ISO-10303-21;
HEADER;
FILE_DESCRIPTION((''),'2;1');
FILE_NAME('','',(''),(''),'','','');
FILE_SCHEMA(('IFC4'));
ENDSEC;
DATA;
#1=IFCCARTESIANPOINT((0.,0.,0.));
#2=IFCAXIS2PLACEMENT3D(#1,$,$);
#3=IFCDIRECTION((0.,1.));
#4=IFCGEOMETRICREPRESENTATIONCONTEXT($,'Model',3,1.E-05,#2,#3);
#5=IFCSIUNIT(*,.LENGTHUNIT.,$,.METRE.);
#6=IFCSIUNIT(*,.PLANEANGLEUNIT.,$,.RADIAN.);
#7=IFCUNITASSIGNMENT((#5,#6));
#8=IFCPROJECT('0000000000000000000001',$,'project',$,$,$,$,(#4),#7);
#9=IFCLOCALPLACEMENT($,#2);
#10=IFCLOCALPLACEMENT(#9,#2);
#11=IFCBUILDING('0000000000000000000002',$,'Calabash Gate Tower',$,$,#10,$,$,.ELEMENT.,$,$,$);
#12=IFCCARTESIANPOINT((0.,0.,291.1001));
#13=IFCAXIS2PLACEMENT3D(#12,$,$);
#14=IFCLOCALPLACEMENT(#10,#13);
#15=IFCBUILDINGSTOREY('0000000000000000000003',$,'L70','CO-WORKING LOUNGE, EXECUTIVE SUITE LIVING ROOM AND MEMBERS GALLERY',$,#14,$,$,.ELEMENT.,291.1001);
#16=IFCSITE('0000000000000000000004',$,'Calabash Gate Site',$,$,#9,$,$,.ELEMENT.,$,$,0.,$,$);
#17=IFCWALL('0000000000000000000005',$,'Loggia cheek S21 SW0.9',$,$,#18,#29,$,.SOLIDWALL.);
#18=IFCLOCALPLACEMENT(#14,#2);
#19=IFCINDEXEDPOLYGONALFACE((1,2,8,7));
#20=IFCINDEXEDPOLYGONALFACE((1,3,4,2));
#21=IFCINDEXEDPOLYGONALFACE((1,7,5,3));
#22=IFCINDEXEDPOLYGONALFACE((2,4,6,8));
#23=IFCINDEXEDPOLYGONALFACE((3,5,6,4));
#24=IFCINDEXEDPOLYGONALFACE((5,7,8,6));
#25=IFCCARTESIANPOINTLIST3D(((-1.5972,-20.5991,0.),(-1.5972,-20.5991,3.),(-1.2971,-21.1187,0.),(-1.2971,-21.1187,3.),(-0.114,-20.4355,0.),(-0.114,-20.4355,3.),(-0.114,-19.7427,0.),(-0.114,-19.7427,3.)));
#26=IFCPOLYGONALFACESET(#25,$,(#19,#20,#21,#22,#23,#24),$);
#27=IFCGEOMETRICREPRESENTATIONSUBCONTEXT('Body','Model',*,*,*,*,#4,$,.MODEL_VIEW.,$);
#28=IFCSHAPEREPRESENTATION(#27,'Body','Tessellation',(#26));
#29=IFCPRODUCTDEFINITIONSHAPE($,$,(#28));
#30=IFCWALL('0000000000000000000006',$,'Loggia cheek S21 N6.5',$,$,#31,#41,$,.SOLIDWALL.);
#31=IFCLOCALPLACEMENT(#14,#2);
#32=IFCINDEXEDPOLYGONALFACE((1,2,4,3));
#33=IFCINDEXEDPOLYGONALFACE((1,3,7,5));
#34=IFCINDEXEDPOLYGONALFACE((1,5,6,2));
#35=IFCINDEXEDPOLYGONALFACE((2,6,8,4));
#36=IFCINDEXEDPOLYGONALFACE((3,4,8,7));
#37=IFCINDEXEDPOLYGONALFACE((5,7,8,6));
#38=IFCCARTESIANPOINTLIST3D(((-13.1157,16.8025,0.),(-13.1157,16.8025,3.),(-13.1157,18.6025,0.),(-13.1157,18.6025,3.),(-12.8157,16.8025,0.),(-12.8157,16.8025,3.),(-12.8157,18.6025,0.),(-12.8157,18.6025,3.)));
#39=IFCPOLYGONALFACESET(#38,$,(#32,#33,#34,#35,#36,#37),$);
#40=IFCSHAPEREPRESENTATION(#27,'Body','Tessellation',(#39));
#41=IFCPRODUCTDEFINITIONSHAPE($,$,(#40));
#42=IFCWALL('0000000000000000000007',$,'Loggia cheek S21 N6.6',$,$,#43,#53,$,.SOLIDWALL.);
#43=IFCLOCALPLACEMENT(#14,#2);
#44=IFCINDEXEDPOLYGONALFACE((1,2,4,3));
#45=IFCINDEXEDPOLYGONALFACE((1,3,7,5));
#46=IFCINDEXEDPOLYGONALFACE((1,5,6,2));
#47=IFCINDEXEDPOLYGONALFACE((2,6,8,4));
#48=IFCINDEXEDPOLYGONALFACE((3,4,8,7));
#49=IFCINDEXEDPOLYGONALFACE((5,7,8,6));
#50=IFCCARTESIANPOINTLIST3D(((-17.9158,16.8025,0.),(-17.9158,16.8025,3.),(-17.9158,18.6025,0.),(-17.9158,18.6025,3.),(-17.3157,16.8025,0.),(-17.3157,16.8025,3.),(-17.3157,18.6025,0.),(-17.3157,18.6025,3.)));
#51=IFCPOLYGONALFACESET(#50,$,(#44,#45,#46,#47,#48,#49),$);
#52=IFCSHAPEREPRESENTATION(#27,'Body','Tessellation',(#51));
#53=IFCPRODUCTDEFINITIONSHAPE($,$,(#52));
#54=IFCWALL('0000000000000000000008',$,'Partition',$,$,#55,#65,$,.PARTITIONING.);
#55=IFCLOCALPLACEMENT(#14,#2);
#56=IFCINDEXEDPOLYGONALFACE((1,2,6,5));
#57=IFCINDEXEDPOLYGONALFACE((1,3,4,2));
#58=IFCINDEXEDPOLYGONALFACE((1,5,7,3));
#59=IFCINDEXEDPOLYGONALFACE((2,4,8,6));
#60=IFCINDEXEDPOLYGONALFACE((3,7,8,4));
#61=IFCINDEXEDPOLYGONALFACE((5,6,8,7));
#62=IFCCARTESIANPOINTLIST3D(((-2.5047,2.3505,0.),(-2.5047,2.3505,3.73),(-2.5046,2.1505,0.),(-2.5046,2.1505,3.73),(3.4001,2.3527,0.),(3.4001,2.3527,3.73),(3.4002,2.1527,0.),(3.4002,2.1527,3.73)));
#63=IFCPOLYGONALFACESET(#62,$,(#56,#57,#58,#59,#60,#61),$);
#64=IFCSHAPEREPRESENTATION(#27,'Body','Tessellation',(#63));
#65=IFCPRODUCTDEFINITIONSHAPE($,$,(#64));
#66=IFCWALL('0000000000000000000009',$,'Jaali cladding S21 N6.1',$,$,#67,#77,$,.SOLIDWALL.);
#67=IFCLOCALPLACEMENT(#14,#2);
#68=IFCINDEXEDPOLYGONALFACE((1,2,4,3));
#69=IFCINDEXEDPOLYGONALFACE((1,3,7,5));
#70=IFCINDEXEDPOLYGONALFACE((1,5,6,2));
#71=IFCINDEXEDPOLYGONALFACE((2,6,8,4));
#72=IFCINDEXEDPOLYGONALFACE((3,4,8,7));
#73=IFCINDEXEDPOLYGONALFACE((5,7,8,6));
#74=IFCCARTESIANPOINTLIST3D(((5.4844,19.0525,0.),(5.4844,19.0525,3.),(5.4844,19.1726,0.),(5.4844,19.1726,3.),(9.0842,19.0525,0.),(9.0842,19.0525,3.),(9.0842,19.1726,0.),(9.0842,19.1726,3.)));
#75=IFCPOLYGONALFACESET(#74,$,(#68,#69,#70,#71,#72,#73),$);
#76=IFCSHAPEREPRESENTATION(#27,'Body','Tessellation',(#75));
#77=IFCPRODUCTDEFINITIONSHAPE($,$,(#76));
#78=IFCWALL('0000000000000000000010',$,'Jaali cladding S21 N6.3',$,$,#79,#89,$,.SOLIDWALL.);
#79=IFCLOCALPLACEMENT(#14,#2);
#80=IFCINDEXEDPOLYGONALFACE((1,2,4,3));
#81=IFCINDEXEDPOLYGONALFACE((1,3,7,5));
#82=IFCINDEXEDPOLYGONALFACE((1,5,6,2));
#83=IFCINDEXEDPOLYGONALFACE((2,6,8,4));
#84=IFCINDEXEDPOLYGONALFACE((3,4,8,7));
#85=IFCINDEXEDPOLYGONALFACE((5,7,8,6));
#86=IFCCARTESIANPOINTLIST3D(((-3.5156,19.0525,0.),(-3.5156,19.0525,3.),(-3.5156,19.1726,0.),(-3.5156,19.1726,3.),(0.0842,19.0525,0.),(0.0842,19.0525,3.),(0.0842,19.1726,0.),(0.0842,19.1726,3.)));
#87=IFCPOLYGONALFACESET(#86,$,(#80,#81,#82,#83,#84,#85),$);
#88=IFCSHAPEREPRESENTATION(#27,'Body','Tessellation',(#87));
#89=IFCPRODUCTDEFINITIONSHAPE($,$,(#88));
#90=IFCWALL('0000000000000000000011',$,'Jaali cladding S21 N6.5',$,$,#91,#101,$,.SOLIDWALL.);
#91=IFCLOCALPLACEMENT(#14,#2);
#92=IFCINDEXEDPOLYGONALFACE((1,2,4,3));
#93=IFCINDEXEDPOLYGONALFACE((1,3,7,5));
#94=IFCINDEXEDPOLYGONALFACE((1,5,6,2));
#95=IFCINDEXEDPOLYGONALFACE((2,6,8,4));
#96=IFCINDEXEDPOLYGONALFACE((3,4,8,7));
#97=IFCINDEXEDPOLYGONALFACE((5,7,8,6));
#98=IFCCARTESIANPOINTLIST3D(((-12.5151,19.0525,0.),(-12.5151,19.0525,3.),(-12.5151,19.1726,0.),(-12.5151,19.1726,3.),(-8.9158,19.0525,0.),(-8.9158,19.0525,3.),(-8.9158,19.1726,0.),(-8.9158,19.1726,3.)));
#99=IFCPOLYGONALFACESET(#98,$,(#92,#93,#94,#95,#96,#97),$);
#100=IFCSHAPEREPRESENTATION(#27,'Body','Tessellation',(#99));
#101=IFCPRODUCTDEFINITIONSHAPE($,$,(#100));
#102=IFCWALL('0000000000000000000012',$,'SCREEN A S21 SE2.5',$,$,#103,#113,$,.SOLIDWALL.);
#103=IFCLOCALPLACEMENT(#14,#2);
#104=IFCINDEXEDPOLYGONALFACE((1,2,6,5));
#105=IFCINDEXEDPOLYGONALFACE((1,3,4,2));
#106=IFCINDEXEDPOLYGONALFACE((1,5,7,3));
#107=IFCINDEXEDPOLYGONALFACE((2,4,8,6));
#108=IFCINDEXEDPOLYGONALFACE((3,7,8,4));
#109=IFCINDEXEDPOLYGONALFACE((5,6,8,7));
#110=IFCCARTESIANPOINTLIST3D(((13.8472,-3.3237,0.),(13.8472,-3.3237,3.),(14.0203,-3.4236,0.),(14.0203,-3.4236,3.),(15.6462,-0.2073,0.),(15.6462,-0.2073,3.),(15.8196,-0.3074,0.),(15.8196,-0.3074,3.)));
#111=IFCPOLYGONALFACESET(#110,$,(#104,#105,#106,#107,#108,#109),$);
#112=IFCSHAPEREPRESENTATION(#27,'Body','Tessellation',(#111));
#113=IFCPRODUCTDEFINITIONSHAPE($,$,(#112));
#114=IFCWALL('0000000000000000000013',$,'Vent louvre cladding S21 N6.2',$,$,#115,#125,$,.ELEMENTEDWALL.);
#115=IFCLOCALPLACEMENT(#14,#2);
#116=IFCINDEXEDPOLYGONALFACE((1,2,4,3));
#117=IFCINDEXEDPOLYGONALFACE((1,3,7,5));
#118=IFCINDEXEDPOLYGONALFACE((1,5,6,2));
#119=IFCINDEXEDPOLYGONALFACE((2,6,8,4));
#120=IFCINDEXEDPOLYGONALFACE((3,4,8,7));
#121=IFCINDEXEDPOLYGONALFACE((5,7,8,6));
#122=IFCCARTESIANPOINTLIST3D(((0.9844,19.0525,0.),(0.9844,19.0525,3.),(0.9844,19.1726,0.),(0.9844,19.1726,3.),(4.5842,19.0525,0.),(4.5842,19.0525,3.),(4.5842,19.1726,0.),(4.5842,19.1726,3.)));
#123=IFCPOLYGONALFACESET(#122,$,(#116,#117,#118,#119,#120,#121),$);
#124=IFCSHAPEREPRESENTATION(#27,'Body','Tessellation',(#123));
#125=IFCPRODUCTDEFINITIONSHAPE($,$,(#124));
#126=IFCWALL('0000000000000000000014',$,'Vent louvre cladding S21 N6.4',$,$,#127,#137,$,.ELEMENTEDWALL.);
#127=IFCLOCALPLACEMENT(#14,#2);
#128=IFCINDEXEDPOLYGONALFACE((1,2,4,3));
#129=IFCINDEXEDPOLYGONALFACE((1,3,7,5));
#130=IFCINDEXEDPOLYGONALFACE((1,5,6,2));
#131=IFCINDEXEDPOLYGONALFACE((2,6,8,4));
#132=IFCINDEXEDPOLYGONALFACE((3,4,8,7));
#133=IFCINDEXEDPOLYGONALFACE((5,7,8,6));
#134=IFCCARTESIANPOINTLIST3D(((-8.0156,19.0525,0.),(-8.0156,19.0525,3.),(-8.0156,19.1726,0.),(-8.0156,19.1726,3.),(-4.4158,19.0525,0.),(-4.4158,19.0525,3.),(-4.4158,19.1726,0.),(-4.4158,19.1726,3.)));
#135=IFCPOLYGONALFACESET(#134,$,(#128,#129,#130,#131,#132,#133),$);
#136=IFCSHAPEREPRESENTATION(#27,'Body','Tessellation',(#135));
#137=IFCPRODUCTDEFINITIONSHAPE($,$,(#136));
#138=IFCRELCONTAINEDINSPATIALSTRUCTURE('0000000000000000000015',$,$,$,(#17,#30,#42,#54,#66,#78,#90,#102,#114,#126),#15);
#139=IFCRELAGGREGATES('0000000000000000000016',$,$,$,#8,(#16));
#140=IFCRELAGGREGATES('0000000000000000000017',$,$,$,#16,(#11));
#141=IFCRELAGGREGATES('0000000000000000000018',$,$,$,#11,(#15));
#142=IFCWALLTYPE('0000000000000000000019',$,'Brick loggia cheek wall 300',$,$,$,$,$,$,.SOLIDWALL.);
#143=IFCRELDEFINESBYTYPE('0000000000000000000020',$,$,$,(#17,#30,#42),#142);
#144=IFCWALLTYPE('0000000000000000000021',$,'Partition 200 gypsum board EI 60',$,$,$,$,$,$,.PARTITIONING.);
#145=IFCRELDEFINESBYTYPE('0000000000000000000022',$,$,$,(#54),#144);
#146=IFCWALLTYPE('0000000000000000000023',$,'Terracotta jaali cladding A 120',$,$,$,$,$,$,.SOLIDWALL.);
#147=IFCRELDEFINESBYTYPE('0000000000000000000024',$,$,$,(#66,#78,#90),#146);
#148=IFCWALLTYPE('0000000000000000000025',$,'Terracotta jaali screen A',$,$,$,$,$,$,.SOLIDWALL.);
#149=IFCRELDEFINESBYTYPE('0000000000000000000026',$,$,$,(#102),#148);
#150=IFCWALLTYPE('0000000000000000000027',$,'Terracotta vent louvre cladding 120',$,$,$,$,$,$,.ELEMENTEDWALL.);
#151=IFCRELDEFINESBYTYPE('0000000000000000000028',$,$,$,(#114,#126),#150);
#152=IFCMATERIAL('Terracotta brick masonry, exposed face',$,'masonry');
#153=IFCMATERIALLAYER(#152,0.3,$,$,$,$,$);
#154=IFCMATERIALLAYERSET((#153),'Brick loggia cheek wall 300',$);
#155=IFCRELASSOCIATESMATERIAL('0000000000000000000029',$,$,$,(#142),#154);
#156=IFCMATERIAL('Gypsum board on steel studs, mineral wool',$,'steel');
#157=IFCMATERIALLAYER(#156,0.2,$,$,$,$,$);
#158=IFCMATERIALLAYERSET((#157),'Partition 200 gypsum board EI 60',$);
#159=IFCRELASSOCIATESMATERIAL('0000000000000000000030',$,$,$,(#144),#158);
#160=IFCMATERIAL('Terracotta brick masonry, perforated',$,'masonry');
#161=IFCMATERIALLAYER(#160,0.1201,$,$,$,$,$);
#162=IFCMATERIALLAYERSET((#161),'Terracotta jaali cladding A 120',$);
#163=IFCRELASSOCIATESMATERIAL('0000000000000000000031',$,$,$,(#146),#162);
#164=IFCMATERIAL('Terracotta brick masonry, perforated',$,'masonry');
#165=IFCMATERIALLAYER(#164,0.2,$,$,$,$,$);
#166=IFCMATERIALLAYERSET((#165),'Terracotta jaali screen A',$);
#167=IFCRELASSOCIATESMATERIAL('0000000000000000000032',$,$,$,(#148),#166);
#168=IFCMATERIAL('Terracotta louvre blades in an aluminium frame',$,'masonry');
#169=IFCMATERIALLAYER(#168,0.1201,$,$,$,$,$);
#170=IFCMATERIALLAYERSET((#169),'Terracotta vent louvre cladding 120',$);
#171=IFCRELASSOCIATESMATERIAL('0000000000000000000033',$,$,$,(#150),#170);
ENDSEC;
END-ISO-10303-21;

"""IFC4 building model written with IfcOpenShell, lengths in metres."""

from ifc_helpers import new_model, si_unit, direction, frame, frame_2d, origin, place, context, subcontext, project, spatial, polyline, rectangle, outline, extrude, material, layer, layer_set, type_object, element, save


model = new_model("IFC4")

# Units and contexts
model_context = context("Model", 3, precision=1e-05, world=origin(), true_north=direction((0.0, 1.0)))
body_context = subcontext(model_context, "Body", "Model", "MODEL_VIEW")
ifc_project = project(units=[si_unit("LENGTHUNIT", "METRE"), si_unit("PLANEANGLEUNIT", "RADIAN")], contexts=[model_context])

# Site, building, storey
site_placement = place(None, origin())
site = spatial("IfcSite", under=ifc_project, at=site_placement, Name="Calabash Gate Site", CompositionType="ELEMENT", RefElevation=0.0)
building_placement = place(site_placement, origin())
building = spatial("IfcBuilding", under=site, at=building_placement, Name="Calabash Gate Tower", CompositionType="ELEMENT")
storey_placement = place(building_placement, frame((0.0, 0.0, 291.1001)))
storey = spatial("IfcBuildingStorey", under=building, at=storey_placement, Name="L70", Description="CO-WORKING LOUNGE, EXECUTIVE SUITE LIVING ROOM AND MEMBERS GALLERY", CompositionType="ELEMENT", Elevation=291.1001)

# Walls
ifc_material_1 = material(Name="Terracotta brick masonry, exposed face", Category="masonry")
ifc_layer_1 = layer(ifc_material_1, 0.3)
ifc_layer_set_1 = layer_set([ifc_layer_1], Name="Brick loggia cheek wall 300")
wall_type_1 = type_object("IfcWallType", Name="Brick loggia cheek wall 300", PredefinedType="SOLIDWALL", material=ifc_layer_set_1)
wall_1_placement = place(storey_placement, origin())
element("IfcWall", 1, at=wall_1_placement, inside=storey, type_object=wall_type_1, Name="Loggia cheek S21 SW0.9", PredefinedType="SOLIDWALL", context=body_context, shape_type="SweptSolid", body=[
    extrude(outline(polyline([(-1.2971, -21.1187), (-0.114, -20.4355), (-0.114, -19.7427), (-1.5972, -20.5991), (-1.2971, -21.1187)])), origin(), (0.0, 0.0, 1.0), 3.0),
])
wall_2_placement = place(storey_placement, origin())
element("IfcWall", 2, at=wall_2_placement, inside=storey, type_object=wall_type_1, Name="Loggia cheek S21 N6.5", PredefinedType="SOLIDWALL", context=body_context, shape_type="SweptSolid", body=[
    extrude(outline(polyline([(-12.8157, 16.8025), (-12.8157, 18.6025), (-13.1157, 18.6025), (-13.1157, 16.8025), (-12.8157, 16.8025)])), origin(), (0.0, 0.0, 1.0), 3.0),
])
wall_3_placement = place(storey_placement, origin())
element("IfcWall", 3, at=wall_3_placement, inside=storey, type_object=wall_type_1, Name="Loggia cheek S21 N6.6", PredefinedType="SOLIDWALL", context=body_context, shape_type="SweptSolid", body=[
    extrude(outline(polyline([(-17.9158, 18.6025), (-17.9158, 16.8025), (-17.3157, 16.8025), (-17.3157, 18.6025), (-17.9158, 18.6025)])), origin(), (0.0, 0.0, 1.0), 3.0),
])
ifc_material_2 = material(Name="Gypsum board on steel studs, mineral wool", Category="steel")
ifc_layer_2 = layer(ifc_material_2, 0.2)
ifc_layer_set_2 = layer_set([ifc_layer_2], Name="Partition 200 gypsum board EI 60")
wall_type_2 = type_object("IfcWallType", Name="Partition 200 gypsum board EI 60", PredefinedType="PARTITIONING", material=ifc_layer_set_2)
wall_4_placement = place(storey_placement, frame((-2.5046, 2.2505, 0.0), z_axis=(0.0, 0.0, 1.0), x_axis=(1.0, 0.000372, 0.0)))
element("IfcWall", 4, at=wall_4_placement, inside=storey, type_object=wall_type_2, Name="Partition", PredefinedType="PARTITIONING", context=body_context, shape_type="SweptSolid", body=[
    extrude(rectangle(XDim=5.9048, YDim=0.2, at=frame_2d((2.9524, 0.0))), origin(), (0.0, 0.0, 1.0), 3.73),
])
ifc_material_3 = material(Name="Terracotta brick masonry, perforated", Category="masonry")
ifc_layer_3 = layer(ifc_material_3, 0.1201)
ifc_layer_set_3 = layer_set([ifc_layer_3], Name="Terracotta jaali cladding A 120")
wall_type_3 = type_object("IfcWallType", Name="Terracotta jaali cladding A 120", PredefinedType="SOLIDWALL", material=ifc_layer_set_3)
wall_5_placement = place(storey_placement, origin())
element("IfcWall", 5, at=wall_5_placement, inside=storey, type_object=wall_type_3, Name="Jaali cladding S21 N6.1", PredefinedType="SOLIDWALL", context=body_context, shape_type="SweptSolid", body=[
    extrude(outline(polyline([(5.4844, 19.1726), (5.4844, 19.0525), (9.0842, 19.0525), (9.0842, 19.1726), (5.4844, 19.1726)])), origin(), (0.0, 0.0, 1.0), 3.0),
])
wall_6_placement = place(storey_placement, origin())
element("IfcWall", 6, at=wall_6_placement, inside=storey, type_object=wall_type_3, Name="Jaali cladding S21 N6.3", PredefinedType="SOLIDWALL", context=body_context, shape_type="SweptSolid", body=[
    extrude(outline(polyline([(-3.5156, 19.1726), (-3.5156, 19.0525), (0.0842, 19.0525), (0.0842, 19.1726), (-3.5156, 19.1726)])), origin(), (0.0, 0.0, 1.0), 3.0),
])
wall_7_placement = place(storey_placement, origin())
element("IfcWall", 7, at=wall_7_placement, inside=storey, type_object=wall_type_3, Name="Jaali cladding S21 N6.5", PredefinedType="SOLIDWALL", context=body_context, shape_type="SweptSolid", body=[
    extrude(outline(polyline([(-12.5151, 19.1726), (-12.5151, 19.0525), (-8.9158, 19.0525), (-8.9158, 19.1726), (-12.5151, 19.1726)])), origin(), (0.0, 0.0, 1.0), 3.0),
])
ifc_material_4 = material(Name="Terracotta brick masonry, perforated", Category="masonry")
ifc_layer_4 = layer(ifc_material_4, 0.2)
ifc_layer_set_4 = layer_set([ifc_layer_4], Name="Terracotta jaali screen A")
wall_type_4 = type_object("IfcWallType", Name="Terracotta jaali screen A", PredefinedType="SOLIDWALL", material=ifc_layer_set_4)
wall_8_placement = place(storey_placement, origin())
element("IfcWall", 8, at=wall_8_placement, inside=storey, type_object=wall_type_4, Name="SCREEN A S21 SE2.5", PredefinedType="SOLIDWALL", context=body_context, shape_type="SweptSolid", body=[
    extrude(outline(polyline([(15.6462, -0.2073), (13.8472, -3.3237), (14.0203, -3.4236), (15.8196, -0.3074), (15.6462, -0.2073)])), origin(), (0.0, 0.0, 1.0), 3.0),
])
ifc_material_5 = material(Name="Terracotta louvre blades in an aluminium frame", Category="masonry")
ifc_layer_5 = layer(ifc_material_5, 0.1201)
ifc_layer_set_5 = layer_set([ifc_layer_5], Name="Terracotta vent louvre cladding 120")
wall_type_5 = type_object("IfcWallType", Name="Terracotta vent louvre cladding 120", PredefinedType="ELEMENTEDWALL", material=ifc_layer_set_5)
wall_9_placement = place(storey_placement, origin())
element("IfcWall", 9, at=wall_9_placement, inside=storey, type_object=wall_type_5, Name="Vent louvre cladding S21 N6.2", PredefinedType="ELEMENTEDWALL", context=body_context, shape_type="SweptSolid", body=[
    extrude(outline(polyline([(0.9844, 19.1726), (0.9844, 19.0525), (4.5842, 19.0525), (4.5842, 19.1726), (0.9844, 19.1726)])), origin(), (0.0, 0.0, 1.0), 3.0),
])
wall_10_placement = place(storey_placement, origin())
element("IfcWall", 10, at=wall_10_placement, inside=storey, type_object=wall_type_5, Name="Vent louvre cladding S21 N6.4", PredefinedType="ELEMENTEDWALL", context=body_context, shape_type="SweptSolid", body=[
    extrude(outline(polyline([(-8.0156, 19.1726), (-8.0156, 19.0525), (-4.4158, 19.0525), (-4.4158, 19.1726), (-8.0156, 19.1726)])), origin(), (0.0, 0.0, 1.0), 3.0),
])

save(model, "model.ifc")
